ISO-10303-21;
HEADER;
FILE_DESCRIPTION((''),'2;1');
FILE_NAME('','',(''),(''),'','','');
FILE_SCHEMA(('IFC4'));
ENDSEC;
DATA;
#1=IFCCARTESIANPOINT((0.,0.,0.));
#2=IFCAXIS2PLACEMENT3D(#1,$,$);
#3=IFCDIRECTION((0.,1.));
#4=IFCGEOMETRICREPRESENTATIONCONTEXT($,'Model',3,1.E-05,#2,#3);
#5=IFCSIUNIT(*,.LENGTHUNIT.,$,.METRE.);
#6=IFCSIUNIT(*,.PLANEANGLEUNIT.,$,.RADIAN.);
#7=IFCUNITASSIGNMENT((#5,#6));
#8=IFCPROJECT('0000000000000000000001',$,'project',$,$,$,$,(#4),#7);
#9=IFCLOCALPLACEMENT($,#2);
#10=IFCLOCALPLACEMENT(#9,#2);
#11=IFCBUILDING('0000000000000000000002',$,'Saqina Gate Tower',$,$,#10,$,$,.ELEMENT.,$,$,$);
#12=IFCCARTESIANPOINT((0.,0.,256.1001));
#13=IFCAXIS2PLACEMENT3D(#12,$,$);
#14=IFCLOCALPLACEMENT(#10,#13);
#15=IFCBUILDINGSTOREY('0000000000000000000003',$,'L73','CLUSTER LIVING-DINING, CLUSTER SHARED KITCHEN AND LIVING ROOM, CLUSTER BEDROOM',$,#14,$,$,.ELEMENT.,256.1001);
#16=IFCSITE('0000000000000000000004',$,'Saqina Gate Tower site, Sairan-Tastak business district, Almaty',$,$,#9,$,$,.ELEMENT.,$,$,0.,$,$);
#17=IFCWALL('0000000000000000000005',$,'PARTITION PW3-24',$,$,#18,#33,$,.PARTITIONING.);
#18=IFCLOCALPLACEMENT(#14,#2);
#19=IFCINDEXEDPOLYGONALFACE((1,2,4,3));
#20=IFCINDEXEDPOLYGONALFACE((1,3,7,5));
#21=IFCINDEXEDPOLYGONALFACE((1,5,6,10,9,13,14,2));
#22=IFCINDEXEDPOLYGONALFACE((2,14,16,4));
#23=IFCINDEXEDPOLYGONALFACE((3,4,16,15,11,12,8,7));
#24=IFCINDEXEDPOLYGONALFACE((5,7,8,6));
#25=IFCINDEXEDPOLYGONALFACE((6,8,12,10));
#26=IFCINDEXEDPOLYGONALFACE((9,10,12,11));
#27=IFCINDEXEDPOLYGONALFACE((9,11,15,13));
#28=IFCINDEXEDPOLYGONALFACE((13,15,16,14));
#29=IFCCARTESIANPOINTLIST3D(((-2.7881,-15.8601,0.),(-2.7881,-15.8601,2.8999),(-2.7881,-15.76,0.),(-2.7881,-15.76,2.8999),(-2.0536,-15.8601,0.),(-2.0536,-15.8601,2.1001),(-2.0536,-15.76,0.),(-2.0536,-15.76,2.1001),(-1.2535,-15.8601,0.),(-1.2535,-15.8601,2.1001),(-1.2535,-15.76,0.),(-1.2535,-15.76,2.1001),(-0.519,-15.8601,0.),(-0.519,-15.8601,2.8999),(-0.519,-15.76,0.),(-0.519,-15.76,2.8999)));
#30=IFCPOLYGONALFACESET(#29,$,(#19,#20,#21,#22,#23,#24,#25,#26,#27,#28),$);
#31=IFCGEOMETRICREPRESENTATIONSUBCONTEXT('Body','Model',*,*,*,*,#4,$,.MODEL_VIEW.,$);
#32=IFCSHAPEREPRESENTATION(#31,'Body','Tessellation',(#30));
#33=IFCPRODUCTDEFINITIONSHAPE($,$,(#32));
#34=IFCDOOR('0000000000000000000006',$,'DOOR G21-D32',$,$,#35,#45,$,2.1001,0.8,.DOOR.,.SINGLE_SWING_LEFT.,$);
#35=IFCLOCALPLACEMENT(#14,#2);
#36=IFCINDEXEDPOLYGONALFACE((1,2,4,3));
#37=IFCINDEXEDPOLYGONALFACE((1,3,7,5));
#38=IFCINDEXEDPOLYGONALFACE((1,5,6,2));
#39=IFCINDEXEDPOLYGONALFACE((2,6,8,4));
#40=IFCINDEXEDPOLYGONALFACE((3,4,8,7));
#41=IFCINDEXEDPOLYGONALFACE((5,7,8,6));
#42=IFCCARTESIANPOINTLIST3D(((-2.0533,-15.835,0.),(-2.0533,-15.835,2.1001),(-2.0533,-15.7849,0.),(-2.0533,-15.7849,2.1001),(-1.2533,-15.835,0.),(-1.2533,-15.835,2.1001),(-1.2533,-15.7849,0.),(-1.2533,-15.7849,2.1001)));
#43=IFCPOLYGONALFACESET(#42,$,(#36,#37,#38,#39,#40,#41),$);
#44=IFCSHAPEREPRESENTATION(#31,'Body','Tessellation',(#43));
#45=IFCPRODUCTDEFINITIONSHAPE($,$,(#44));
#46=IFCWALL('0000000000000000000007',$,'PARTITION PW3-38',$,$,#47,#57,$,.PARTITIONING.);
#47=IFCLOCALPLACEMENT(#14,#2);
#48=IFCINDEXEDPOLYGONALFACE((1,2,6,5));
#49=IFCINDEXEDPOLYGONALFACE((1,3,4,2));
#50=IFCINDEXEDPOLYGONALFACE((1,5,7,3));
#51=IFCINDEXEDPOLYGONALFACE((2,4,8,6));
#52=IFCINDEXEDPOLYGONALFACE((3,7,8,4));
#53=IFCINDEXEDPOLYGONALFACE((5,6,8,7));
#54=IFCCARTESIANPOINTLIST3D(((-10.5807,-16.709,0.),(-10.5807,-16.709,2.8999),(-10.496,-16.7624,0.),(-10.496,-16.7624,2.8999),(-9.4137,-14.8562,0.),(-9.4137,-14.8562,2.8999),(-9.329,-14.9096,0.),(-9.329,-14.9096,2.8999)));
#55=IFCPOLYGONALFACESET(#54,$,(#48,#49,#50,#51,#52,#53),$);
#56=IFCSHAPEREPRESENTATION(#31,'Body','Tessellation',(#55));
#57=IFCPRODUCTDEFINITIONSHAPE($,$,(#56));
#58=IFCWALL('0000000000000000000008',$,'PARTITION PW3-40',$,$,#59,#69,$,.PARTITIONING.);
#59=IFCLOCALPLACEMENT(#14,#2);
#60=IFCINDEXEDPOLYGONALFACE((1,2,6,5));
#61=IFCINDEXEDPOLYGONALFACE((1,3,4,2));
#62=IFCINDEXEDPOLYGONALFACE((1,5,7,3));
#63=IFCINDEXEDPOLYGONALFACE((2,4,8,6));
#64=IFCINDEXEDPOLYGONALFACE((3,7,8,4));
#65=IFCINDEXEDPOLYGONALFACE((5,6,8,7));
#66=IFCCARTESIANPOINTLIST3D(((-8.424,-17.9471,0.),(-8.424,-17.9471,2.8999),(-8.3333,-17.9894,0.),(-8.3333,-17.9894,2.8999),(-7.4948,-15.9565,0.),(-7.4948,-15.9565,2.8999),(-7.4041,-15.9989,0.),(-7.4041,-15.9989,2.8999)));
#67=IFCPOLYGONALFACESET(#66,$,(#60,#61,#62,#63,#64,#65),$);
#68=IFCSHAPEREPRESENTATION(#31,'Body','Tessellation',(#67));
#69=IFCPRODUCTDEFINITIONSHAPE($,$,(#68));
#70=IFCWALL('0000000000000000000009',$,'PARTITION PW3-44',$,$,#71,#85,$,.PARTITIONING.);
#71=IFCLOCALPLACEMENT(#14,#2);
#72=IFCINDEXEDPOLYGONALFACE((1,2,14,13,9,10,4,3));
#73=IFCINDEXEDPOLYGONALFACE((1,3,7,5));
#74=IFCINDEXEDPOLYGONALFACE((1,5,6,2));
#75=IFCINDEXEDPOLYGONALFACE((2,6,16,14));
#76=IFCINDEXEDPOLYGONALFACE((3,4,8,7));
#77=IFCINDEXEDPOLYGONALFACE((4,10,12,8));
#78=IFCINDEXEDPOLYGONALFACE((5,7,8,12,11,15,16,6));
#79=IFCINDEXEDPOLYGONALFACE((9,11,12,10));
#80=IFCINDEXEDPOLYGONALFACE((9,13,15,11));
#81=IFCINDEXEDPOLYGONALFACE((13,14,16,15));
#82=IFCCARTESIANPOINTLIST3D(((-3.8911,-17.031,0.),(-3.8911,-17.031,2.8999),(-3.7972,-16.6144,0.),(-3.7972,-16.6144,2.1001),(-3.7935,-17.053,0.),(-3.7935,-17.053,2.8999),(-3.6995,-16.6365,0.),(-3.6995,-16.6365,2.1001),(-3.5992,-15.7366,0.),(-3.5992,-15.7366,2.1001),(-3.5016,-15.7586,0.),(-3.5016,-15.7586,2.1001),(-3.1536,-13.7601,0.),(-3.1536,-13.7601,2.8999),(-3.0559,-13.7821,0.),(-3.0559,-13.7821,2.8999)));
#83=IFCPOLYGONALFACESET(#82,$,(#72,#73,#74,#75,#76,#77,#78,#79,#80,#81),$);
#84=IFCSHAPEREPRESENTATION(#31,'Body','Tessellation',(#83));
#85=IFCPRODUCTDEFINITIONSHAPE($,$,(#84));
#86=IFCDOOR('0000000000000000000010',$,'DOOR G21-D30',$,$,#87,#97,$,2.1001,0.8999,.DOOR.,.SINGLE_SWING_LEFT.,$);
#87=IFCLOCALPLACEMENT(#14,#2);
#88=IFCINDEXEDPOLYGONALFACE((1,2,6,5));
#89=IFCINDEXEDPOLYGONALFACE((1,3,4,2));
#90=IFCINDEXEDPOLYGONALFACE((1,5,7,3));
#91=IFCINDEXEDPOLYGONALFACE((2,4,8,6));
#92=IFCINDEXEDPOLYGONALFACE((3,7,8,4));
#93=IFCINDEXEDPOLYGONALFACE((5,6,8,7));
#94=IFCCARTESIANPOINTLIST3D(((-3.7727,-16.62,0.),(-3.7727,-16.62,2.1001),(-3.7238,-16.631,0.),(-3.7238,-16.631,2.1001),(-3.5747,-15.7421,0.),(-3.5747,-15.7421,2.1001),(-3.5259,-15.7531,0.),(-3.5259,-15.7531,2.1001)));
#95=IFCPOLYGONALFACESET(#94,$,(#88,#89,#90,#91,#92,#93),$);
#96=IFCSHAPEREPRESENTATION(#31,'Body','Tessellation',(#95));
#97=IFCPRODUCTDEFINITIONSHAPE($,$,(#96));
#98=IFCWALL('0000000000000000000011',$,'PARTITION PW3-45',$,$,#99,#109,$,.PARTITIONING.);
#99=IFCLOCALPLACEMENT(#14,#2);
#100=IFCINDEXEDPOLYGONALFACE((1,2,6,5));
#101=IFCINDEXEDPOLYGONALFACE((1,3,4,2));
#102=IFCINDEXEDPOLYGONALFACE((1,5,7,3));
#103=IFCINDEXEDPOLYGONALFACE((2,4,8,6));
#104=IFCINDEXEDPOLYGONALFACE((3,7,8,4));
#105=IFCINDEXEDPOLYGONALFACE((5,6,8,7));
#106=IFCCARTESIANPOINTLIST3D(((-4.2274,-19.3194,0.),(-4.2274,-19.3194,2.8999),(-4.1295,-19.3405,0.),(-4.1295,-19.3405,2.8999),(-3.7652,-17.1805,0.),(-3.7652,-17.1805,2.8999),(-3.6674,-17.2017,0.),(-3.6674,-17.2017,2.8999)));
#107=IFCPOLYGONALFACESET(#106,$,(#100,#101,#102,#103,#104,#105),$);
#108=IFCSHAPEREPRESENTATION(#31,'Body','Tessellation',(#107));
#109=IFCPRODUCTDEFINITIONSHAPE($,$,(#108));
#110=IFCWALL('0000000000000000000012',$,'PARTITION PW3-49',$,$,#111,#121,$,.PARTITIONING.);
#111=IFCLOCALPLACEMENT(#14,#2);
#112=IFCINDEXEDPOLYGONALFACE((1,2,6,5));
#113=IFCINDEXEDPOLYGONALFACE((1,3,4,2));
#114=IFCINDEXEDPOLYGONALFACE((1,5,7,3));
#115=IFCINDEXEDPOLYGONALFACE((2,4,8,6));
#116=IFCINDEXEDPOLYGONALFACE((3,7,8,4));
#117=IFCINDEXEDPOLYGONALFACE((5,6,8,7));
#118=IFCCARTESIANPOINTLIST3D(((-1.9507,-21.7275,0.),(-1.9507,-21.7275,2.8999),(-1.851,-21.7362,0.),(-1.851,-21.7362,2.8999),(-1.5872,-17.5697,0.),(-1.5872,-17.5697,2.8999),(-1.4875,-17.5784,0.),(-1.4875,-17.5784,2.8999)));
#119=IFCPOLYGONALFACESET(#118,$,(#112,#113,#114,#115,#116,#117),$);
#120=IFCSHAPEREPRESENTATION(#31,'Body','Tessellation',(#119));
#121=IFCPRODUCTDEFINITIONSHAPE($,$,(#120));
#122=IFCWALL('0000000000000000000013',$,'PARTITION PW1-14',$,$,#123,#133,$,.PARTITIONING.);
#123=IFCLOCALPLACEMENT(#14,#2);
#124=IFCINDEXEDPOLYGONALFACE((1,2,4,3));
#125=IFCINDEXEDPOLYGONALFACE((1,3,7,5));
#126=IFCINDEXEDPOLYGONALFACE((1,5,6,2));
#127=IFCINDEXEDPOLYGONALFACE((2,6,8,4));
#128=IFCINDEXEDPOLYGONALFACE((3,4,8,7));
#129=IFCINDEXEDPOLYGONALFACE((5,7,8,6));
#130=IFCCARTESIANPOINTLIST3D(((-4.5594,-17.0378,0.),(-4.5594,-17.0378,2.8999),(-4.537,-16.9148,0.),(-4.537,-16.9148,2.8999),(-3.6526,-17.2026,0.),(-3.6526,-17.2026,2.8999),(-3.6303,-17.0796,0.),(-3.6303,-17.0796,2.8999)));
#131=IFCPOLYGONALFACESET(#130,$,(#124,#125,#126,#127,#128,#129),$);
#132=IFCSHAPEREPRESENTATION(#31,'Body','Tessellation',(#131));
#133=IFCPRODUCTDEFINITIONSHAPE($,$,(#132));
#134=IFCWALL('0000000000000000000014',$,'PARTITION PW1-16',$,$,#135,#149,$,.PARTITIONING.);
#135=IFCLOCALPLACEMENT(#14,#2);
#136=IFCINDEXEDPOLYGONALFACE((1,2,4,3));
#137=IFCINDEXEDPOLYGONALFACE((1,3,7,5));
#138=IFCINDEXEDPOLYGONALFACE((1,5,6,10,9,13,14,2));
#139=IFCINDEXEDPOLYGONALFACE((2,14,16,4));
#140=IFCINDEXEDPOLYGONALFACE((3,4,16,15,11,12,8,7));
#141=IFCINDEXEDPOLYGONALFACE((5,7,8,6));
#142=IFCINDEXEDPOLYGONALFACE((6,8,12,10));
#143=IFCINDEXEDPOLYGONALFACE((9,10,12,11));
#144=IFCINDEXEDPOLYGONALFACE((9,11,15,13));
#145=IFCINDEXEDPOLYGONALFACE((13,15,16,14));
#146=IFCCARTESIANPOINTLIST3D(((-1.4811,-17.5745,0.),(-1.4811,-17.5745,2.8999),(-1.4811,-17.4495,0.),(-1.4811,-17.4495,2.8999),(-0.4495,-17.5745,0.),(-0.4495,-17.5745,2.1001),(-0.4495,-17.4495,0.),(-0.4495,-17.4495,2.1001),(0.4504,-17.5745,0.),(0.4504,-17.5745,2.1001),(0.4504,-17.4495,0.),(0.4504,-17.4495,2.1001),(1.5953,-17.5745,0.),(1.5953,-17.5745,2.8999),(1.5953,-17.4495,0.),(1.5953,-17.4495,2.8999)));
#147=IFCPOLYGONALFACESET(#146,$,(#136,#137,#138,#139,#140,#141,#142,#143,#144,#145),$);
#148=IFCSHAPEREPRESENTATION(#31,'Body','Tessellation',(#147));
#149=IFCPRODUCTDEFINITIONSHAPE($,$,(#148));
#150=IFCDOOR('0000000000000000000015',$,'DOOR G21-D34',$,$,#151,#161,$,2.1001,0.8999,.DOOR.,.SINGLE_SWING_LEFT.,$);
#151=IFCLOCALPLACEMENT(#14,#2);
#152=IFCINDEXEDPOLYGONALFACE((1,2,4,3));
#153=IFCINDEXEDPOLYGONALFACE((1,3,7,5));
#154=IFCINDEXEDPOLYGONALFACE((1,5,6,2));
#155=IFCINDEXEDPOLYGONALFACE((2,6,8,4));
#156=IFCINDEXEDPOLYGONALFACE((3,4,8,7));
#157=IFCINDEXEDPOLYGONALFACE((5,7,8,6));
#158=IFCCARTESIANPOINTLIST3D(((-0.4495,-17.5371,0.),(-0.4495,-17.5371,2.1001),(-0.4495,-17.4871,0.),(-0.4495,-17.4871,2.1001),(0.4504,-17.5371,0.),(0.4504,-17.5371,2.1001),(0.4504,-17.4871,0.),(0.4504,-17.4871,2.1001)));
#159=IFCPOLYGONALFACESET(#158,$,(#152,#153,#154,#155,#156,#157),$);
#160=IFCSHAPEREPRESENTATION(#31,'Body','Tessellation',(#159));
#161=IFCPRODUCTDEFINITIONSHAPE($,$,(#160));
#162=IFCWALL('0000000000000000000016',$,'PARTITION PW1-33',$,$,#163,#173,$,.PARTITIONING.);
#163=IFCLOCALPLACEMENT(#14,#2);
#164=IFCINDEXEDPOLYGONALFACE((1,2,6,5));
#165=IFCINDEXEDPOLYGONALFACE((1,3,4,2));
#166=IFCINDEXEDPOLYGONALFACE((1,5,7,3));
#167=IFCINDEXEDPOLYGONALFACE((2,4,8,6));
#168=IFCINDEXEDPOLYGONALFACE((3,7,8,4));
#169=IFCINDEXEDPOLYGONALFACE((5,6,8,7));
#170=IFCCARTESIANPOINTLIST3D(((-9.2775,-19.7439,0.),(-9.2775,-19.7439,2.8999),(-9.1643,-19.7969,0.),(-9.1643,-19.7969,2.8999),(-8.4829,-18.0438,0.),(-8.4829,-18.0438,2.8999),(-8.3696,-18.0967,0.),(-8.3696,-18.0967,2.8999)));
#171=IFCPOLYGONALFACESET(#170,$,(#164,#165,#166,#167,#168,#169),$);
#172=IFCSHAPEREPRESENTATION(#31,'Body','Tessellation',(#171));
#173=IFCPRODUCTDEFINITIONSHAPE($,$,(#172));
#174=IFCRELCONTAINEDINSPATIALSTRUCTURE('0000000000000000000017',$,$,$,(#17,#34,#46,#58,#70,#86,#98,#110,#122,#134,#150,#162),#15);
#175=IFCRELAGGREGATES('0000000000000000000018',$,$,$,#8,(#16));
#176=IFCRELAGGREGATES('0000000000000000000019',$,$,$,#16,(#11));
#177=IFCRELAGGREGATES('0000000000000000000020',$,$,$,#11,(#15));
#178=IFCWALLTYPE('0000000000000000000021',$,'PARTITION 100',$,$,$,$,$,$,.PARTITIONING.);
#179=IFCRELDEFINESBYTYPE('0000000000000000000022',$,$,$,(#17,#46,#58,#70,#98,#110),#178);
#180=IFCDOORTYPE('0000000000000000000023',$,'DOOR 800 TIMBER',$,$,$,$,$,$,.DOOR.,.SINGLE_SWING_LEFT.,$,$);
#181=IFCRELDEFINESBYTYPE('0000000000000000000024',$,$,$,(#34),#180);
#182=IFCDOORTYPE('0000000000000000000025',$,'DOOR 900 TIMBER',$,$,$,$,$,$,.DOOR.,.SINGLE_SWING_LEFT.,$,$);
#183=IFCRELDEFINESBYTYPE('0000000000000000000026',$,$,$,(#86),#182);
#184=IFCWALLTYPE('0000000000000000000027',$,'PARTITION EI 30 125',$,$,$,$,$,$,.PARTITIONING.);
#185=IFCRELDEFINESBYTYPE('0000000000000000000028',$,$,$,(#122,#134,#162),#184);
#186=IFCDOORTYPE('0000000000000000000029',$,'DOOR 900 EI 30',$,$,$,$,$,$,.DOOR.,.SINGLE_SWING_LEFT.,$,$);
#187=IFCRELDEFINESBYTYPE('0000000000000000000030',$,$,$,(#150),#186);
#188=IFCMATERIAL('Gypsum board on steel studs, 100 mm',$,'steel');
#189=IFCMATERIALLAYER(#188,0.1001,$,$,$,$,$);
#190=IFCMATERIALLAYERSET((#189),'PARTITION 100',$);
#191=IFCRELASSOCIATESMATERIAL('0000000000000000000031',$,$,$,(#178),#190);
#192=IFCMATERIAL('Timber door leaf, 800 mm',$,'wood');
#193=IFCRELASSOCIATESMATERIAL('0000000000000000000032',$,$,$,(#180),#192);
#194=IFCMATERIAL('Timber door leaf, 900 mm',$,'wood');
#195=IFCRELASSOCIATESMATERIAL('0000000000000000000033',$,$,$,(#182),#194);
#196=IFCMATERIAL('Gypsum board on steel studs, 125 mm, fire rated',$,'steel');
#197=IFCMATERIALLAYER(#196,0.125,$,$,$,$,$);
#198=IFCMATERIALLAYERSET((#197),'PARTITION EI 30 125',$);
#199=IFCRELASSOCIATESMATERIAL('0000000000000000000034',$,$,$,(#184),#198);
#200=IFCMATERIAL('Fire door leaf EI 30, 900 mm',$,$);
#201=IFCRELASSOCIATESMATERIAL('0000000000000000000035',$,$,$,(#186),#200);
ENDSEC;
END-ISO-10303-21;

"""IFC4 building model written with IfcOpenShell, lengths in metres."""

from ifc_helpers import new_model, si_unit, direction, frame, frame_2d, origin, place, context, subcontext, project, spatial, rectangle, extrude, material, layer, layer_set, type_object, element, fill, save


model = new_model("IFC4")

# Units and contexts
model_context = context("Model", 3, precision=1e-05, world=origin(), true_north=direction((0.0, 1.0)))
body_context = subcontext(model_context, "Body", "Model", "MODEL_VIEW")
ifc_project = project(units=[si_unit("LENGTHUNIT", "METRE"), si_unit("PLANEANGLEUNIT", "RADIAN")], contexts=[model_context])

# Site, building, storey
site_placement = place(None, origin())
site = spatial("IfcSite", under=ifc_project, at=site_placement, Name="Saqina Gate Tower site, Sairan-Tastak business district, Almaty", CompositionType="ELEMENT", RefElevation=0.0)
building_placement = place(site_placement, origin())
building = spatial("IfcBuilding", under=site, at=building_placement, Name="Saqina Gate Tower", CompositionType="ELEMENT")
storey_placement = place(building_placement, frame((0.0, 0.0, 256.1001)))
storey = spatial("IfcBuildingStorey", under=building, at=storey_placement, Name="L73", Description="CLUSTER LIVING-DINING, CLUSTER SHARED KITCHEN AND LIVING ROOM, CLUSTER BEDROOM", CompositionType="ELEMENT", Elevation=256.1001)

# Shared definitions
ifc_material_1 = material(Name="Gypsum board on steel studs, 100 mm", Category="steel")
ifc_layer_1 = layer(ifc_material_1, 0.1001)
ifc_layer_set_1 = layer_set([ifc_layer_1], Name="PARTITION 100")
wall_type_1 = type_object("IfcWallType", Name="PARTITION 100", PredefinedType="PARTITIONING", material=ifc_layer_set_1)
ifc_material_2 = material(Name="Timber door leaf, 800 mm", Category="wood")
door_type_1 = type_object("IfcDoorType", Name="DOOR 800 TIMBER", OperationType="SINGLE_SWING_LEFT", PredefinedType="DOOR", material=ifc_material_2)

# Wall, opening, door
wall_1_placement = place(storey_placement, frame((-2.7881, -15.8101, 0.0), z_axis=(0.0, 0.0, 1.0), x_axis=(1.0, 0.0, 0.0)))
wall_1 = element("IfcWall", 1, at=wall_1_placement, inside=storey, type_object=wall_type_1, Name="PARTITION PW3-24", PredefinedType="PARTITIONING", context=body_context, shape_type="SweptSolid", body=[
    extrude(rectangle(XDim=2.269, YDim=0.1001, at=frame_2d((1.1345, 0.0))), origin(), (0.0, 0.0, 1.0), 2.8999),
])
opening_1_placement = place(wall_1_placement, frame((0.7346, 0.0, 0.0)))
opening_1 = element("IfcOpeningElement", 2, at=opening_1_placement, cuts=wall_1, PredefinedType="OPENING", context=body_context, shape_type="SweptSolid", body=[
    extrude(rectangle(XDim=0.8, YDim=2.1001, at=frame_2d((0.3999, 1.05))), frame((0.0, 0.062, 0.0), z_axis=(0.0, -1.0, 0.0), x_axis=(1.0, 0.0, 0.0)), (0.0, 0.0, 1.0), 0.124),
])
door_1_placement = place(opening_1_placement, frame((0.8, 0.0, 0.0), z_axis=(0.0, 0.0, 1.0), x_axis=(-1.0, 0.0, 0.0)))
door_1 = element("IfcDoor", 3, at=door_1_placement, inside=storey, type_object=door_type_1, Name="DOOR G21-D32", OperationType="SINGLE_SWING_LEFT", OverallHeight=2.1001, OverallWidth=0.8, PredefinedType="DOOR", context=body_context, shape_type="SweptSolid", body=[
    extrude(rectangle(XDim=0.8, YDim=2.1001, at=frame_2d((0.3999, 1.05))), frame((0.0, 0.0249, 0.0), z_axis=(0.0, -1.0, 0.0), x_axis=(1.0, 0.0, 0.0)), (0.0, 0.0, 1.0), 0.05),
])
fill(opening_1, door_1)

# Walls
wall_2_placement = place(storey_placement, frame((-10.5383, -16.7356, 0.0), z_axis=(0.0, 0.0, 1.0), x_axis=(0.532952, 0.846145, 0.0)))
element("IfcWall", 4, at=wall_2_placement, inside=storey, type_object=wall_type_1, Name="PARTITION PW3-38", PredefinedType="PARTITIONING", context=body_context, shape_type="SweptSolid", body=[
    extrude(rectangle(XDim=2.1897, YDim=0.1001, at=frame_2d((1.0947, 0.0))), origin(), (0.0, 0.0, 1.0), 2.8999),
])
wall_3_placement = place(storey_placement, frame((-8.3787, -17.9683, 0.0), z_axis=(0.0, 0.0, 1.0), x_axis=(0.423001, 0.906129, 0.0)))
element("IfcWall", 5, at=wall_3_placement, inside=storey, type_object=wall_type_1, Name="PARTITION PW3-40", PredefinedType="PARTITIONING", context=body_context, shape_type="SweptSolid", body=[
    extrude(rectangle(XDim=2.1968, YDim=0.1001, at=frame_2d((1.0984, 0.0))), origin(), (0.0, 0.0, 1.0), 2.8999),
])

# Wall, opening, door
wall_4_placement = place(storey_placement, frame((-3.8423, -17.042, 0.0), z_axis=(0.0, 0.0, 1.0), x_axis=(0.219959, 0.975509, 0.0)))
wall_4 = element("IfcWall", 6, at=wall_4_placement, inside=storey, type_object=wall_type_1, Name="PARTITION PW3-44", PredefinedType="PARTITIONING", context=body_context, shape_type="SweptSolid", body=[
    extrude(rectangle(XDim=3.353, YDim=0.1001, at=frame_2d((1.6765, 0.0))), origin(), (0.0, 0.0, 1.0), 2.8999),
])
opening_2_placement = place(wall_4_placement, frame((0.427, 0.0, 0.0)))
opening_2 = element("IfcOpeningElement", 7, at=opening_2_placement, cuts=wall_4, PredefinedType="OPENING", context=body_context, shape_type="SweptSolid", body=[
    extrude(rectangle(XDim=0.8999, YDim=2.1001, at=frame_2d((0.45, 1.05))), frame((0.0, 0.062, 0.0), z_axis=(0.0, -1.0, 0.0), x_axis=(1.0, 0.0, 0.0)), (0.0, 0.0, 1.0), 0.124),
])
ifc_material_3 = material(Name="Timber door leaf, 900 mm", Category="wood")
door_type_2 = type_object("IfcDoorType", Name="DOOR 900 TIMBER", OperationType="SINGLE_SWING_LEFT", PredefinedType="DOOR", material=ifc_material_3)
door_2_placement = place(opening_2_placement, origin())
door_2 = element("IfcDoor", 8, at=door_2_placement, inside=storey, type_object=door_type_2, Name="DOOR G21-D30", OperationType="SINGLE_SWING_LEFT", OverallHeight=2.1001, OverallWidth=0.8999, PredefinedType="DOOR", context=body_context, shape_type="SweptSolid", body=[
    extrude(rectangle(XDim=0.8999, YDim=2.1001, at=frame_2d((0.45, 1.05))), frame((0.0, 0.0249, 0.0), z_axis=(0.0, -1.0, 0.0), x_axis=(1.0, 0.0, 0.0)), (0.0, 0.0, 1.0), 0.05),
])
fill(opening_2, door_2)

# Walls
wall_5_placement = place(storey_placement, frame((-4.1785, -19.3301, 0.0), z_axis=(0.0, 0.0, 1.0), x_axis=(0.211197, 0.977443, 0.0)))
element("IfcWall", 9, at=wall_5_placement, inside=storey, type_object=wall_type_1, Name="PARTITION PW3-45", PredefinedType="PARTITIONING", context=body_context, shape_type="SweptSolid", body=[
    extrude(rectangle(XDim=2.1882, YDim=0.1001, at=frame_2d((1.0942, 0.0))), origin(), (0.0, 0.0, 1.0), 2.8999),
])
wall_6_placement = place(storey_placement, frame((-1.9009, -21.7319, 0.0), z_axis=(0.0, 0.0, 1.0), x_axis=(0.087102, 0.996199, 0.0)))
element("IfcWall", 10, at=wall_6_placement, inside=storey, type_object=wall_type_1, Name="PARTITION PW3-49", PredefinedType="PARTITIONING", context=body_context, shape_type="SweptSolid", body=[
    extrude(rectangle(XDim=4.1736, YDim=0.1001, at=frame_2d((2.0869, 0.0))), origin(), (0.0, 0.0, 1.0), 2.8999),
])
ifc_material_4 = material(Name="Gypsum board on steel studs, 125 mm, fire rated", Category="steel")
ifc_layer_2 = layer(ifc_material_4, 0.125)
ifc_layer_set_2 = layer_set([ifc_layer_2], Name="PARTITION EI 30 125")
wall_type_2 = type_object("IfcWallType", Name="PARTITION EI 30 125", PredefinedType="PARTITIONING", material=ifc_layer_set_2)
wall_7_placement = place(storey_placement, frame((-4.5483, -16.9763, 0.0), z_axis=(0.0, 0.0, 1.0), x_axis=(0.983883, -0.178816, 0.0)))
element("IfcWall", 11, at=wall_7_placement, inside=storey, type_object=wall_type_2, Name="PARTITION PW1-14", PredefinedType="PARTITIONING", context=body_context, shape_type="SweptSolid", body=[
    extrude(rectangle(XDim=0.9216, YDim=0.125, at=frame_2d((0.4609, 0.0))), origin(), (0.0, 0.0, 1.0), 2.8999),
])

# Wall, opening, door
wall_8_placement = place(storey_placement, frame((-1.481, -17.512, 0.0), z_axis=(0.0, 0.0, 1.0), x_axis=(1.0, 0.0, 0.0)))
wall_8 = element("IfcWall", 12, at=wall_8_placement, inside=storey, type_object=wall_type_2, Name="PARTITION PW1-16", PredefinedType="PARTITIONING", context=body_context, shape_type="SweptSolid", body=[
    extrude(rectangle(XDim=3.0764, YDim=0.125, at=frame_2d((1.5381, 0.0))), origin(), (0.0, 0.0, 1.0), 2.8999),
])
opening_3_placement = place(wall_8_placement, frame((1.0315, 0.0, 0.0)))
opening_3 = element("IfcOpeningElement", 13, at=opening_3_placement, cuts=wall_8, PredefinedType="OPENING", context=body_context, shape_type="SweptSolid", body=[
    extrude(rectangle(XDim=0.8999, YDim=2.1001, at=frame_2d((0.45, 1.05))), frame((0.0, 0.0745, 0.0), z_axis=(0.0, -1.0, 0.0), x_axis=(1.0, 0.0, 0.0)), (0.0, 0.0, 1.0), 0.1489),
])
ifc_material_5 = material(Name="Fire door leaf EI 30, 900 mm")
door_type_3 = type_object("IfcDoorType", Name="DOOR 900 EI 30", OperationType="SINGLE_SWING_LEFT", PredefinedType="DOOR", material=ifc_material_5)
door_3_placement = place(opening_3_placement, origin())
door_3 = element("IfcDoor", 14, at=door_3_placement, inside=storey, type_object=door_type_3, Name="DOOR G21-D34", OperationType="SINGLE_SWING_LEFT", OverallHeight=2.1001, OverallWidth=0.8999, PredefinedType="DOOR", context=body_context, shape_type="SweptSolid", body=[
    extrude(rectangle(XDim=0.8999, YDim=2.1001, at=frame_2d((0.45, 1.05))), frame((0.0, 0.0249, 0.0), z_axis=(0.0, -1.0, 0.0), x_axis=(1.0, 0.0, 0.0)), (0.0, 0.0, 1.0), 0.05),
])
fill(opening_3, door_3)

# Wall
wall_9_placement = place(storey_placement, frame((-9.2209, -19.7705, 0.0), z_axis=(0.0, 0.0, 1.0), x_axis=(0.423434, 0.905927, 0.0)))
element("IfcWall", 15, at=wall_9_placement, inside=storey, type_object=wall_type_2, Name="PARTITION PW1-33", PredefinedType="PARTITIONING", context=body_context, shape_type="SweptSolid", body=[
    extrude(rectangle(XDim=1.8767, YDim=0.125, at=frame_2d((0.9385, 0.0))), origin(), (0.0, 0.0, 1.0), 2.8999),
])

save(model, "model.ifc")
